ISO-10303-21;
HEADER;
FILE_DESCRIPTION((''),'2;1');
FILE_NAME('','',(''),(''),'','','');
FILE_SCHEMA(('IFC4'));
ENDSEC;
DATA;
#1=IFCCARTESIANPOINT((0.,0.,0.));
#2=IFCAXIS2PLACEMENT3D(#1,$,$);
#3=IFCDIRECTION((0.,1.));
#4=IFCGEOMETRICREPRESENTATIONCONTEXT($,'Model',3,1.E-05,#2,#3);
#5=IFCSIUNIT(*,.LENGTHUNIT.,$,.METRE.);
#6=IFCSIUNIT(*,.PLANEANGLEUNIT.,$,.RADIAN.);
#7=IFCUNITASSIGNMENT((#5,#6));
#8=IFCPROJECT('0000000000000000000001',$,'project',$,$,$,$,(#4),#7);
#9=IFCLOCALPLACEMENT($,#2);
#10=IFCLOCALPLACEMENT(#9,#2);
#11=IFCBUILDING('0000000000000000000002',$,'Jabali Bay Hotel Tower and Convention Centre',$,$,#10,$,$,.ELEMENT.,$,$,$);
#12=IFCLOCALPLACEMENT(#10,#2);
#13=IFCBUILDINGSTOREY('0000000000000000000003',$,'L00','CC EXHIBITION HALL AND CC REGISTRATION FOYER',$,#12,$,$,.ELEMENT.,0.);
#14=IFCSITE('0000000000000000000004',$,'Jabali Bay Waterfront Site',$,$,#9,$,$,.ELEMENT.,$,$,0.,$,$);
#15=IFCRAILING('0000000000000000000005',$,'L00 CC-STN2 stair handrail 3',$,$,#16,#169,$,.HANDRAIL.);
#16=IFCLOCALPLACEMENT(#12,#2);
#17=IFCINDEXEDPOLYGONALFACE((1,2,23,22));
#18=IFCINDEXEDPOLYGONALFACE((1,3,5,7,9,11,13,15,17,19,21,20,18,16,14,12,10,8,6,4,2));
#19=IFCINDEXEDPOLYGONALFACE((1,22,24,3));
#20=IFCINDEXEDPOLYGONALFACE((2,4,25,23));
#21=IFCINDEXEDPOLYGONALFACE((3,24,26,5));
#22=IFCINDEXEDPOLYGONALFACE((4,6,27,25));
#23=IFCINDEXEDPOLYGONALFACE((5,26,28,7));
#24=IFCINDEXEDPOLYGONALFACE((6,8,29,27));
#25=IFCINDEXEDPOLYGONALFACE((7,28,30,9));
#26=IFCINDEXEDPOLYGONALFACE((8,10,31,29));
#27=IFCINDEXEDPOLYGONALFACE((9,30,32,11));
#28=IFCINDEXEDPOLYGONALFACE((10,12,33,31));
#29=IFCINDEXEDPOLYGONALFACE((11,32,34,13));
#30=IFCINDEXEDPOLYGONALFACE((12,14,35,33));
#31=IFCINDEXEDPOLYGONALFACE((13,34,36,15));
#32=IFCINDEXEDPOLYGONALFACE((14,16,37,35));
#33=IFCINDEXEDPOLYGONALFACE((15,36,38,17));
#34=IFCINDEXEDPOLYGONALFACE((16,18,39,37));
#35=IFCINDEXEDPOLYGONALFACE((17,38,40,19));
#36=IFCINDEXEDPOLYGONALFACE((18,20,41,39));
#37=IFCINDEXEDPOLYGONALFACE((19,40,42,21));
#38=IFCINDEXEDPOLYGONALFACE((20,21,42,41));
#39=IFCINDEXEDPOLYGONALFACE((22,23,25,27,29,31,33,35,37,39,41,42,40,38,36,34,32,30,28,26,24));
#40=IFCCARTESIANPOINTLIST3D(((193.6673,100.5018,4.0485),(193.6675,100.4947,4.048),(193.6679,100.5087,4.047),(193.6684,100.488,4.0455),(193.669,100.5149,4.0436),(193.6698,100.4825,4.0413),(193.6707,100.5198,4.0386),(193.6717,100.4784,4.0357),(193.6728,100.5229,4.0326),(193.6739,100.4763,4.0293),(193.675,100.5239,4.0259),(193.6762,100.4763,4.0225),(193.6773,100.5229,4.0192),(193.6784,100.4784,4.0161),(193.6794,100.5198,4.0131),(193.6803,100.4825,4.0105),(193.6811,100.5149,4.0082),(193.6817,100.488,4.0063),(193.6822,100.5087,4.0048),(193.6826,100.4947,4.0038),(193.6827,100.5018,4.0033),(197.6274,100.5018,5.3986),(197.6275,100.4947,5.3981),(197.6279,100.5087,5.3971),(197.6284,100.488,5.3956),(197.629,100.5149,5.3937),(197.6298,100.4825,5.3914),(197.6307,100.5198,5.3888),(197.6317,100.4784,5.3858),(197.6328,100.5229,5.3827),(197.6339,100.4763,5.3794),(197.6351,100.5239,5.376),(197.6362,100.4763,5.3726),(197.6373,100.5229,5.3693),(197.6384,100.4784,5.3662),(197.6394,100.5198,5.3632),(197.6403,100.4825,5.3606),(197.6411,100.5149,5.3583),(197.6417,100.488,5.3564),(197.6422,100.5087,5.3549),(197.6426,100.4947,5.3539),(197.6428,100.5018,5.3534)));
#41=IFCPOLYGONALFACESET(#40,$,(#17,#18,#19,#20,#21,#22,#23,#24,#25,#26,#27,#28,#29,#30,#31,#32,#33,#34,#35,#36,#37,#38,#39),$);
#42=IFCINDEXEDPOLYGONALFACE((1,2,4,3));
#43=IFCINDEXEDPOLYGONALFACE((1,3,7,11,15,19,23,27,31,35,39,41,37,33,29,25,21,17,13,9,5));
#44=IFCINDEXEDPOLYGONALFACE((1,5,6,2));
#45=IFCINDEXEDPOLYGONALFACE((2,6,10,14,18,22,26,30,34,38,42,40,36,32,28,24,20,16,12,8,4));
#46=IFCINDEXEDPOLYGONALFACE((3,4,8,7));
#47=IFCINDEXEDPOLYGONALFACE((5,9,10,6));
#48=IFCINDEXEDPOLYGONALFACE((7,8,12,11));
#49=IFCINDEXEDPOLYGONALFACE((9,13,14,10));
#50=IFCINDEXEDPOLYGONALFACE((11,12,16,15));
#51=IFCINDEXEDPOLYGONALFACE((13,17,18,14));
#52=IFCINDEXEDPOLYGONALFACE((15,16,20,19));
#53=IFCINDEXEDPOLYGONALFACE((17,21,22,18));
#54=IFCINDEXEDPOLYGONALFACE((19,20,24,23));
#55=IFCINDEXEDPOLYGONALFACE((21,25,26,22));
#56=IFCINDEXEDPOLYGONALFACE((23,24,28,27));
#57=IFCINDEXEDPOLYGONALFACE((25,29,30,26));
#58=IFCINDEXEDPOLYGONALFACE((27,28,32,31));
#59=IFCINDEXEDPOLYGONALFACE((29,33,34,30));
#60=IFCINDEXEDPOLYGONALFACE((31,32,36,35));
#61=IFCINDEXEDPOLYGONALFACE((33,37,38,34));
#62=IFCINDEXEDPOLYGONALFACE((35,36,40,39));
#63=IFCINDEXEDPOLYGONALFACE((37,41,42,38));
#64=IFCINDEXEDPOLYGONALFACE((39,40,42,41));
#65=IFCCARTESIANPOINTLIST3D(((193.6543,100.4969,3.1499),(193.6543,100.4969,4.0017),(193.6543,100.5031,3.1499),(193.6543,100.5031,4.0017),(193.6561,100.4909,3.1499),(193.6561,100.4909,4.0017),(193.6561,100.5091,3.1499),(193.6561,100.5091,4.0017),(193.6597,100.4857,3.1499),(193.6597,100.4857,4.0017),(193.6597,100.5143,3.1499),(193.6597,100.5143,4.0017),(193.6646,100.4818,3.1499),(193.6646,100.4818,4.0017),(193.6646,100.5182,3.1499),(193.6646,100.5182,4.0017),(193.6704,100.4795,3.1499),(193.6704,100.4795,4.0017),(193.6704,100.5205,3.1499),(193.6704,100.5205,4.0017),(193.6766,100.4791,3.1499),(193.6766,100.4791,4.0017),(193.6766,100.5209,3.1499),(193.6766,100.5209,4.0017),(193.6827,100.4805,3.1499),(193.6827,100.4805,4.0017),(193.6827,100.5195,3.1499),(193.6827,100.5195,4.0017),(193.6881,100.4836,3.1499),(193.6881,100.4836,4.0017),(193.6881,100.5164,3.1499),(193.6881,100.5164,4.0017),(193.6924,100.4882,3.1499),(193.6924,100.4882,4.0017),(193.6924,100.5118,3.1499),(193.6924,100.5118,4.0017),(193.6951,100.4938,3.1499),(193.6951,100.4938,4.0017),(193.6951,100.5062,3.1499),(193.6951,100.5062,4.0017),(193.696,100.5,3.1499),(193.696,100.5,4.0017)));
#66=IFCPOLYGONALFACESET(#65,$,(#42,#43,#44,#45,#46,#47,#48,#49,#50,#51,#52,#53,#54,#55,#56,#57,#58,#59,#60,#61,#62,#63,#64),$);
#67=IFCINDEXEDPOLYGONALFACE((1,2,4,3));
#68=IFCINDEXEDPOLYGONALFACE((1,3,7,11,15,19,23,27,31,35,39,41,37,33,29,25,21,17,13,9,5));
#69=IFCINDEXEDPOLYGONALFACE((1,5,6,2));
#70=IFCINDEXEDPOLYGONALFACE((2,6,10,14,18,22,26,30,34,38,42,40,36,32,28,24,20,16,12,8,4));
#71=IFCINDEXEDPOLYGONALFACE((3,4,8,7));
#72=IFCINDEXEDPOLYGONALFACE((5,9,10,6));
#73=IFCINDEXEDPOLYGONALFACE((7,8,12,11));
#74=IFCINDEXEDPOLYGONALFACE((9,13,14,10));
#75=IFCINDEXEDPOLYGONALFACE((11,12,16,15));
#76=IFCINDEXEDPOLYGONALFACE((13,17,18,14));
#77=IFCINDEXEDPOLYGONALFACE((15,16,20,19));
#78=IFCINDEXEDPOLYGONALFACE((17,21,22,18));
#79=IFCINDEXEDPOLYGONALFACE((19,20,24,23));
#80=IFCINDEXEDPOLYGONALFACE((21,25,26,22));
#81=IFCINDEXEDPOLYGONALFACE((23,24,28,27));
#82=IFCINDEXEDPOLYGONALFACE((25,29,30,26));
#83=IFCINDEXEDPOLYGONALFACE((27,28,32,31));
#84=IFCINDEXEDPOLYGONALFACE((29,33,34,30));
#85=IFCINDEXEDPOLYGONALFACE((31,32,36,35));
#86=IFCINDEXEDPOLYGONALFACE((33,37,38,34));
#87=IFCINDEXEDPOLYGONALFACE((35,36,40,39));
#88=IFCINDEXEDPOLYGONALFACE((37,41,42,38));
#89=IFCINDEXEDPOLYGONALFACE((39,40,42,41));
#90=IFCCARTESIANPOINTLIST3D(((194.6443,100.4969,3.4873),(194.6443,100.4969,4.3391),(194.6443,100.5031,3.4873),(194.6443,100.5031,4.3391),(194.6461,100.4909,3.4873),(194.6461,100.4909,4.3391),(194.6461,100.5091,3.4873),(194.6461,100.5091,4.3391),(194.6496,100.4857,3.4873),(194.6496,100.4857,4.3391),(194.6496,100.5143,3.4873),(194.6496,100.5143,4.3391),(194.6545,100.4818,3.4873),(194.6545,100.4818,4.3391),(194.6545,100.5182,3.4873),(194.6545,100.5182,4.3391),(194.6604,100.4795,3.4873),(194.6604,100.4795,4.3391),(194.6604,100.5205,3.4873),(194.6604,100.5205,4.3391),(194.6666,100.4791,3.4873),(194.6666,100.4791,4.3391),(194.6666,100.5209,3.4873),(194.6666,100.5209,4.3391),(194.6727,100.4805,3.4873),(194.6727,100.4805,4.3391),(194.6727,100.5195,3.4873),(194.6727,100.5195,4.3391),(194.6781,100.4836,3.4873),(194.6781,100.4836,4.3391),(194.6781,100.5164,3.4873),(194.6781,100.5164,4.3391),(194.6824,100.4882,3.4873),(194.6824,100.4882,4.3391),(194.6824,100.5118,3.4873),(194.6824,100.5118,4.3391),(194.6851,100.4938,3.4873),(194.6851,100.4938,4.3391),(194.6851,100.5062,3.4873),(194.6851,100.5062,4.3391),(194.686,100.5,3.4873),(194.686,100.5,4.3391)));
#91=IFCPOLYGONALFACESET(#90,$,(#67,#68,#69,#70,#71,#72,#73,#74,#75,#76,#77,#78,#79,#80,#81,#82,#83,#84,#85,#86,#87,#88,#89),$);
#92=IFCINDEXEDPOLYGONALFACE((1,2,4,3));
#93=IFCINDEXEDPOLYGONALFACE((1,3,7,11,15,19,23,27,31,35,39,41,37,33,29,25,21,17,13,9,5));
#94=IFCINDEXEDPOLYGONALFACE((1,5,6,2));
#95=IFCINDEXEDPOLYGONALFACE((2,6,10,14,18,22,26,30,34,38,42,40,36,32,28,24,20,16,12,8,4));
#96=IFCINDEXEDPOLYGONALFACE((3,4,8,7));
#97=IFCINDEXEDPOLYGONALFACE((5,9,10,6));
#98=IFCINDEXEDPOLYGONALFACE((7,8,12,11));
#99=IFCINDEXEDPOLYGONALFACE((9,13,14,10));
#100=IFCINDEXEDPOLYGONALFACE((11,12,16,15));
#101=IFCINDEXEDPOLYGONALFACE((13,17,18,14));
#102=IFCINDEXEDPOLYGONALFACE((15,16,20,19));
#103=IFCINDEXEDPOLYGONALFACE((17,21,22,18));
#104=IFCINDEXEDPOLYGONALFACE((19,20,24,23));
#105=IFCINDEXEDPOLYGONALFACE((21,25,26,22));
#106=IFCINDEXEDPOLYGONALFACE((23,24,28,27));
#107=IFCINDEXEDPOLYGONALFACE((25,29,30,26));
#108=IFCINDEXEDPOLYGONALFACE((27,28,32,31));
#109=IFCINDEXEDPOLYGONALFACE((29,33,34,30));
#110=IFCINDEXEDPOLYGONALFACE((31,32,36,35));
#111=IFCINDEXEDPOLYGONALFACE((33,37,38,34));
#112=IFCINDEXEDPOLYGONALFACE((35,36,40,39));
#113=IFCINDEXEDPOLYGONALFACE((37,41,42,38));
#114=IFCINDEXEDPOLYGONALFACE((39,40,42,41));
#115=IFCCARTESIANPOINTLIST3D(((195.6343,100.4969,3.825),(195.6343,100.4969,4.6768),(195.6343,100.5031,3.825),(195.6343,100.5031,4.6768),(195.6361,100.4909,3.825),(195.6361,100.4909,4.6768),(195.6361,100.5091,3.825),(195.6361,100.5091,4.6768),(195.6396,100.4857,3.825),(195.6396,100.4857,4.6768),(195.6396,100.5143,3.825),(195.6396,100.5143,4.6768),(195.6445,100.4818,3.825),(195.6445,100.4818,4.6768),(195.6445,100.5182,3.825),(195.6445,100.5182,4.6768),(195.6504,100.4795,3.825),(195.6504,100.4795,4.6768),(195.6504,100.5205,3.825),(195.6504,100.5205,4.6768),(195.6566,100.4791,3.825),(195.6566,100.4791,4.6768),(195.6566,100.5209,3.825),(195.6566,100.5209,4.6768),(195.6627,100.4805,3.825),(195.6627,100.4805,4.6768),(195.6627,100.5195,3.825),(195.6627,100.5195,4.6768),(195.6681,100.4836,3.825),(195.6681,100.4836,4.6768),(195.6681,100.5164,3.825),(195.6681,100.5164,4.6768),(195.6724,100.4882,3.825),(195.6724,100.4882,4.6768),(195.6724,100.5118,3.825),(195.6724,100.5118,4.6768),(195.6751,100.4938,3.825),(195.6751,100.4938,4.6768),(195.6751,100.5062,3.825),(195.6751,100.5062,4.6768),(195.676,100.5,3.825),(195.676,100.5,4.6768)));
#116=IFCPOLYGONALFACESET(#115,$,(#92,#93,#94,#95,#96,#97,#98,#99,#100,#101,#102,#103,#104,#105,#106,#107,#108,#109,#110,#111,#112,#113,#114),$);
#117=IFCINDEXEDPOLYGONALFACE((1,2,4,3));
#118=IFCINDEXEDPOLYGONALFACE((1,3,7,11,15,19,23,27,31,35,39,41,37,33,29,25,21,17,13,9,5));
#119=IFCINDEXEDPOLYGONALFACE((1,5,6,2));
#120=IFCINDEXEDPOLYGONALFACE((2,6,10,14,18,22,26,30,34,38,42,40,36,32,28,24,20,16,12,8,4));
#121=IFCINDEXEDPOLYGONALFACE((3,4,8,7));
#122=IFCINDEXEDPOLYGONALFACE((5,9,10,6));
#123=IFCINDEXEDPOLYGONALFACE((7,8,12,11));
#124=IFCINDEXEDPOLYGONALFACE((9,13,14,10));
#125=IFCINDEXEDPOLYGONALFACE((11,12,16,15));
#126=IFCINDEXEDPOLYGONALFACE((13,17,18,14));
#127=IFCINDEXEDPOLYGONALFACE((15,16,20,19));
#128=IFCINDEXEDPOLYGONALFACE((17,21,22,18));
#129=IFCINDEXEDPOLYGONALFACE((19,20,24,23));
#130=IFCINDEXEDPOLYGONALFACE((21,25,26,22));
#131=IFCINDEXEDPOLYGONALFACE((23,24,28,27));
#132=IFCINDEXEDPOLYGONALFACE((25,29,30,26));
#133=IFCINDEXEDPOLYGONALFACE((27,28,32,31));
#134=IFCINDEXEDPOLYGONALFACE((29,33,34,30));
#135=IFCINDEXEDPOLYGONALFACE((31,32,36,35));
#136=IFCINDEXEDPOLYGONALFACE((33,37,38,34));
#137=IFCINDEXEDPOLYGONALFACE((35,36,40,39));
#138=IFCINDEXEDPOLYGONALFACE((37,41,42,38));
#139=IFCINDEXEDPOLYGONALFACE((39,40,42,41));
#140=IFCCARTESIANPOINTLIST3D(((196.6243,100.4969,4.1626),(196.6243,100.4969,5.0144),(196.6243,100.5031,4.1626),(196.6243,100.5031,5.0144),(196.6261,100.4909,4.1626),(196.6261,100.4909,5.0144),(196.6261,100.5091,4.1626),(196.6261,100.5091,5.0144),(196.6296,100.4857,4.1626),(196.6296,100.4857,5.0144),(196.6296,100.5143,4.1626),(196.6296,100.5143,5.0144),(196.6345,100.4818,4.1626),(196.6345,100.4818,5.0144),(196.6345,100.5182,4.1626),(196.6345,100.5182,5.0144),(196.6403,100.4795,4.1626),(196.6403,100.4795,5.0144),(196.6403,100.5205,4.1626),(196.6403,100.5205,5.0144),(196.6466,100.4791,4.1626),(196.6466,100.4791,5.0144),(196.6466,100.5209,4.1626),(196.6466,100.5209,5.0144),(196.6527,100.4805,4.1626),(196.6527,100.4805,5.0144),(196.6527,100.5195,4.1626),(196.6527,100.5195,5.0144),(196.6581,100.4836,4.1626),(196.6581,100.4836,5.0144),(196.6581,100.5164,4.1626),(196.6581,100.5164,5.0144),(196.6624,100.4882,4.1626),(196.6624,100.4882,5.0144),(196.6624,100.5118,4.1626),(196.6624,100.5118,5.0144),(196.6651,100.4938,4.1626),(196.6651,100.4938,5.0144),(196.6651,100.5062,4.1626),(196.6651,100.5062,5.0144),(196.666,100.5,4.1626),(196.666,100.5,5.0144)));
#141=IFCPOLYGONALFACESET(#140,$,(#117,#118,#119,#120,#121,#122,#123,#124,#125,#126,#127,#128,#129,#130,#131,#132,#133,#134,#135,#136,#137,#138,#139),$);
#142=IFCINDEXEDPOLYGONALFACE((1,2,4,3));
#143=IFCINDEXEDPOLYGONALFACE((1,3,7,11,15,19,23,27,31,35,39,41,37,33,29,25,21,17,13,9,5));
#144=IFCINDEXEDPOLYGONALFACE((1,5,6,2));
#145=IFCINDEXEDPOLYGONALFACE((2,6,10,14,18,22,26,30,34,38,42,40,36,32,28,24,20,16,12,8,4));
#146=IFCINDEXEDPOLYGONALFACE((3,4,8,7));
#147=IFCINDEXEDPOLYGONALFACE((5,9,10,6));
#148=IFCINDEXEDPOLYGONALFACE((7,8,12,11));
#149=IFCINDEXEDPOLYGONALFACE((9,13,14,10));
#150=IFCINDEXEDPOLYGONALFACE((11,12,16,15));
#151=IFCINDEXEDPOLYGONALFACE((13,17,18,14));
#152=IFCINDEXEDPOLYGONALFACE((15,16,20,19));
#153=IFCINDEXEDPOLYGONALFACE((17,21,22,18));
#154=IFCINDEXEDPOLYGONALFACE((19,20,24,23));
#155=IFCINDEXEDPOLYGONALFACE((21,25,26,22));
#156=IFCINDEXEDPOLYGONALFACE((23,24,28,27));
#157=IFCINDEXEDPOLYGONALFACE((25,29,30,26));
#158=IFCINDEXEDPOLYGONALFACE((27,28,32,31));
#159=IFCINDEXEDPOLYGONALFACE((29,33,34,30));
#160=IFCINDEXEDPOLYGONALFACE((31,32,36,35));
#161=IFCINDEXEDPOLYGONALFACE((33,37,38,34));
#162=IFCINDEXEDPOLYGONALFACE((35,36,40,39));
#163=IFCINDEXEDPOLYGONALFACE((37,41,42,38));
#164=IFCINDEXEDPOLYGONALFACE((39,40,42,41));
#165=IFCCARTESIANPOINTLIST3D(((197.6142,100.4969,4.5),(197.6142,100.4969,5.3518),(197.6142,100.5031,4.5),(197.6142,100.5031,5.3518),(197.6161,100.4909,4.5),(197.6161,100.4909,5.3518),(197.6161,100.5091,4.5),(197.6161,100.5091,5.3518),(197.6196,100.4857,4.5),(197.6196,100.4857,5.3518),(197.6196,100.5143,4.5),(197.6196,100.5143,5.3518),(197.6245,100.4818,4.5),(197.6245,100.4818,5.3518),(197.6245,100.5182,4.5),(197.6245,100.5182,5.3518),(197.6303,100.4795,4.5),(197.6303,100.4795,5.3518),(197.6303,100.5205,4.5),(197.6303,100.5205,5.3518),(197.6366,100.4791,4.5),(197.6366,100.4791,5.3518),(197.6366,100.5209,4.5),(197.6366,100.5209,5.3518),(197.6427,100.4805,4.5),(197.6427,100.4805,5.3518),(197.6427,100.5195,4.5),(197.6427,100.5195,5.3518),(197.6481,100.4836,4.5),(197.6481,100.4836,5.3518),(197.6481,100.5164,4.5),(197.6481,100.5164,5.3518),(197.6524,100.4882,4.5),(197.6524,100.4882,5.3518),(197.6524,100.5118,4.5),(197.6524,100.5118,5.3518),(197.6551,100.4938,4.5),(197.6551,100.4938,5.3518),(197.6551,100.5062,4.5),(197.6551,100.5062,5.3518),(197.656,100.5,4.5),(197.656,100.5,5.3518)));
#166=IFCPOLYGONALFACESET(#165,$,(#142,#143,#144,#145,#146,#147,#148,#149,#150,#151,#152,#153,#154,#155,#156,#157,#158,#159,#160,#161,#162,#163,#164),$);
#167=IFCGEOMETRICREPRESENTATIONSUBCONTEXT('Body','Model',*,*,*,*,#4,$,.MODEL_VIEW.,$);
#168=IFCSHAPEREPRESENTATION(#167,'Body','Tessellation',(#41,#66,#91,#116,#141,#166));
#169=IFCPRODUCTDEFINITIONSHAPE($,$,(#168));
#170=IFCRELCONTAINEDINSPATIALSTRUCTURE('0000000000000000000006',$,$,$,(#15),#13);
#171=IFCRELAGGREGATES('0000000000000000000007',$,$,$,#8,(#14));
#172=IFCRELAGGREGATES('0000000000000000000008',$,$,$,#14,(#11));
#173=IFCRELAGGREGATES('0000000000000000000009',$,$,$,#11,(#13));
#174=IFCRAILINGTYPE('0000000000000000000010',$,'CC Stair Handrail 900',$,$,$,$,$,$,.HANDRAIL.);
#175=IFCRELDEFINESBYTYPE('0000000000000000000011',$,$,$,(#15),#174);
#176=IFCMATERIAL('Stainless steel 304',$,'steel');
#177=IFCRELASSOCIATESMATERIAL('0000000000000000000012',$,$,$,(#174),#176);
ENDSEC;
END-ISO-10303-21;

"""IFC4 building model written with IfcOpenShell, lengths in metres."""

from ifc_helpers import new_model, si_unit, direction, frame, origin, origin_2d, place, context, subcontext, project, spatial, circle, extrude, material, type_object, element, save


model = new_model("IFC4")

# Units and contexts
model_context = context("Model", 3, precision=1e-05, world=origin(), true_north=direction((0.0, 1.0)))
body_context = subcontext(model_context, "Body", "Model", "MODEL_VIEW")
ifc_project = project(units=[si_unit("LENGTHUNIT", "METRE"), si_unit("PLANEANGLEUNIT", "RADIAN")], contexts=[model_context])

# Site, building, storey
site_placement = place(None, origin())
site = spatial("IfcSite", under=ifc_project, at=site_placement, Name="Jabali Bay Waterfront Site", CompositionType="ELEMENT", RefElevation=0.0)
building_placement = place(site_placement, origin())
building = spatial("IfcBuilding", under=site, at=building_placement, Name="Jabali Bay Hotel Tower and Convention Centre", CompositionType="ELEMENT")
storey_placement = place(building_placement, origin())
storey = spatial("IfcBuildingStorey", under=building, at=storey_placement, Name="L00", Description="CC EXHIBITION HALL AND CC REGISTRATION FOYER", CompositionType="ELEMENT", Elevation=0.0)

# Railing
ifc_material_1 = material(Name="Stainless steel 304", Category="steel")
railing_type_1 = type_object("IfcRailingType", Name="CC Stair Handrail 900", PredefinedType="HANDRAIL", material=ifc_material_1)
for number, where, name in (
    (1, (193.675, 100.5, 3.1499), "L00 CC-STN2 stair handrail 3"),
):
    element("IfcRailing", number, at=place(storey_placement, frame(where)), inside=storey, type_object=railing_type_1, Name=name, PredefinedType="HANDRAIL", context=body_context, shape_type="SweptSolid", body=[
        extrude(circle(Radius=0.0239, at=origin_2d()), frame((0.0, 0.0, 0.876), z_axis=(0.946502, 0.0, 0.322698), x_axis=(0.0, 1.0, 0.0)), (0.0, 0.0, 1.0), 4.1838),
        extrude(circle(Radius=0.021, at=origin_2d()), origin(), (0.0, 0.0, 1.0), 0.8518),
        extrude(circle(Radius=0.021, at=origin_2d()), frame((0.99, 0.0, 0.3374)), (0.0, 0.0, 1.0), 0.8518),
        extrude(circle(Radius=0.021, at=origin_2d()), frame((1.98, 0.0, 0.675)), (0.0, 0.0, 1.0), 0.8518),
        extrude(circle(Radius=0.021, at=origin_2d()), frame((2.97, 0.0, 1.0127)), (0.0, 0.0, 1.0), 0.8518),
        extrude(circle(Radius=0.021, at=origin_2d()), frame((3.96, 0.0, 1.3501)), (0.0, 0.0, 1.0), 0.8518),
    ])

save(model, "model.ifc")
